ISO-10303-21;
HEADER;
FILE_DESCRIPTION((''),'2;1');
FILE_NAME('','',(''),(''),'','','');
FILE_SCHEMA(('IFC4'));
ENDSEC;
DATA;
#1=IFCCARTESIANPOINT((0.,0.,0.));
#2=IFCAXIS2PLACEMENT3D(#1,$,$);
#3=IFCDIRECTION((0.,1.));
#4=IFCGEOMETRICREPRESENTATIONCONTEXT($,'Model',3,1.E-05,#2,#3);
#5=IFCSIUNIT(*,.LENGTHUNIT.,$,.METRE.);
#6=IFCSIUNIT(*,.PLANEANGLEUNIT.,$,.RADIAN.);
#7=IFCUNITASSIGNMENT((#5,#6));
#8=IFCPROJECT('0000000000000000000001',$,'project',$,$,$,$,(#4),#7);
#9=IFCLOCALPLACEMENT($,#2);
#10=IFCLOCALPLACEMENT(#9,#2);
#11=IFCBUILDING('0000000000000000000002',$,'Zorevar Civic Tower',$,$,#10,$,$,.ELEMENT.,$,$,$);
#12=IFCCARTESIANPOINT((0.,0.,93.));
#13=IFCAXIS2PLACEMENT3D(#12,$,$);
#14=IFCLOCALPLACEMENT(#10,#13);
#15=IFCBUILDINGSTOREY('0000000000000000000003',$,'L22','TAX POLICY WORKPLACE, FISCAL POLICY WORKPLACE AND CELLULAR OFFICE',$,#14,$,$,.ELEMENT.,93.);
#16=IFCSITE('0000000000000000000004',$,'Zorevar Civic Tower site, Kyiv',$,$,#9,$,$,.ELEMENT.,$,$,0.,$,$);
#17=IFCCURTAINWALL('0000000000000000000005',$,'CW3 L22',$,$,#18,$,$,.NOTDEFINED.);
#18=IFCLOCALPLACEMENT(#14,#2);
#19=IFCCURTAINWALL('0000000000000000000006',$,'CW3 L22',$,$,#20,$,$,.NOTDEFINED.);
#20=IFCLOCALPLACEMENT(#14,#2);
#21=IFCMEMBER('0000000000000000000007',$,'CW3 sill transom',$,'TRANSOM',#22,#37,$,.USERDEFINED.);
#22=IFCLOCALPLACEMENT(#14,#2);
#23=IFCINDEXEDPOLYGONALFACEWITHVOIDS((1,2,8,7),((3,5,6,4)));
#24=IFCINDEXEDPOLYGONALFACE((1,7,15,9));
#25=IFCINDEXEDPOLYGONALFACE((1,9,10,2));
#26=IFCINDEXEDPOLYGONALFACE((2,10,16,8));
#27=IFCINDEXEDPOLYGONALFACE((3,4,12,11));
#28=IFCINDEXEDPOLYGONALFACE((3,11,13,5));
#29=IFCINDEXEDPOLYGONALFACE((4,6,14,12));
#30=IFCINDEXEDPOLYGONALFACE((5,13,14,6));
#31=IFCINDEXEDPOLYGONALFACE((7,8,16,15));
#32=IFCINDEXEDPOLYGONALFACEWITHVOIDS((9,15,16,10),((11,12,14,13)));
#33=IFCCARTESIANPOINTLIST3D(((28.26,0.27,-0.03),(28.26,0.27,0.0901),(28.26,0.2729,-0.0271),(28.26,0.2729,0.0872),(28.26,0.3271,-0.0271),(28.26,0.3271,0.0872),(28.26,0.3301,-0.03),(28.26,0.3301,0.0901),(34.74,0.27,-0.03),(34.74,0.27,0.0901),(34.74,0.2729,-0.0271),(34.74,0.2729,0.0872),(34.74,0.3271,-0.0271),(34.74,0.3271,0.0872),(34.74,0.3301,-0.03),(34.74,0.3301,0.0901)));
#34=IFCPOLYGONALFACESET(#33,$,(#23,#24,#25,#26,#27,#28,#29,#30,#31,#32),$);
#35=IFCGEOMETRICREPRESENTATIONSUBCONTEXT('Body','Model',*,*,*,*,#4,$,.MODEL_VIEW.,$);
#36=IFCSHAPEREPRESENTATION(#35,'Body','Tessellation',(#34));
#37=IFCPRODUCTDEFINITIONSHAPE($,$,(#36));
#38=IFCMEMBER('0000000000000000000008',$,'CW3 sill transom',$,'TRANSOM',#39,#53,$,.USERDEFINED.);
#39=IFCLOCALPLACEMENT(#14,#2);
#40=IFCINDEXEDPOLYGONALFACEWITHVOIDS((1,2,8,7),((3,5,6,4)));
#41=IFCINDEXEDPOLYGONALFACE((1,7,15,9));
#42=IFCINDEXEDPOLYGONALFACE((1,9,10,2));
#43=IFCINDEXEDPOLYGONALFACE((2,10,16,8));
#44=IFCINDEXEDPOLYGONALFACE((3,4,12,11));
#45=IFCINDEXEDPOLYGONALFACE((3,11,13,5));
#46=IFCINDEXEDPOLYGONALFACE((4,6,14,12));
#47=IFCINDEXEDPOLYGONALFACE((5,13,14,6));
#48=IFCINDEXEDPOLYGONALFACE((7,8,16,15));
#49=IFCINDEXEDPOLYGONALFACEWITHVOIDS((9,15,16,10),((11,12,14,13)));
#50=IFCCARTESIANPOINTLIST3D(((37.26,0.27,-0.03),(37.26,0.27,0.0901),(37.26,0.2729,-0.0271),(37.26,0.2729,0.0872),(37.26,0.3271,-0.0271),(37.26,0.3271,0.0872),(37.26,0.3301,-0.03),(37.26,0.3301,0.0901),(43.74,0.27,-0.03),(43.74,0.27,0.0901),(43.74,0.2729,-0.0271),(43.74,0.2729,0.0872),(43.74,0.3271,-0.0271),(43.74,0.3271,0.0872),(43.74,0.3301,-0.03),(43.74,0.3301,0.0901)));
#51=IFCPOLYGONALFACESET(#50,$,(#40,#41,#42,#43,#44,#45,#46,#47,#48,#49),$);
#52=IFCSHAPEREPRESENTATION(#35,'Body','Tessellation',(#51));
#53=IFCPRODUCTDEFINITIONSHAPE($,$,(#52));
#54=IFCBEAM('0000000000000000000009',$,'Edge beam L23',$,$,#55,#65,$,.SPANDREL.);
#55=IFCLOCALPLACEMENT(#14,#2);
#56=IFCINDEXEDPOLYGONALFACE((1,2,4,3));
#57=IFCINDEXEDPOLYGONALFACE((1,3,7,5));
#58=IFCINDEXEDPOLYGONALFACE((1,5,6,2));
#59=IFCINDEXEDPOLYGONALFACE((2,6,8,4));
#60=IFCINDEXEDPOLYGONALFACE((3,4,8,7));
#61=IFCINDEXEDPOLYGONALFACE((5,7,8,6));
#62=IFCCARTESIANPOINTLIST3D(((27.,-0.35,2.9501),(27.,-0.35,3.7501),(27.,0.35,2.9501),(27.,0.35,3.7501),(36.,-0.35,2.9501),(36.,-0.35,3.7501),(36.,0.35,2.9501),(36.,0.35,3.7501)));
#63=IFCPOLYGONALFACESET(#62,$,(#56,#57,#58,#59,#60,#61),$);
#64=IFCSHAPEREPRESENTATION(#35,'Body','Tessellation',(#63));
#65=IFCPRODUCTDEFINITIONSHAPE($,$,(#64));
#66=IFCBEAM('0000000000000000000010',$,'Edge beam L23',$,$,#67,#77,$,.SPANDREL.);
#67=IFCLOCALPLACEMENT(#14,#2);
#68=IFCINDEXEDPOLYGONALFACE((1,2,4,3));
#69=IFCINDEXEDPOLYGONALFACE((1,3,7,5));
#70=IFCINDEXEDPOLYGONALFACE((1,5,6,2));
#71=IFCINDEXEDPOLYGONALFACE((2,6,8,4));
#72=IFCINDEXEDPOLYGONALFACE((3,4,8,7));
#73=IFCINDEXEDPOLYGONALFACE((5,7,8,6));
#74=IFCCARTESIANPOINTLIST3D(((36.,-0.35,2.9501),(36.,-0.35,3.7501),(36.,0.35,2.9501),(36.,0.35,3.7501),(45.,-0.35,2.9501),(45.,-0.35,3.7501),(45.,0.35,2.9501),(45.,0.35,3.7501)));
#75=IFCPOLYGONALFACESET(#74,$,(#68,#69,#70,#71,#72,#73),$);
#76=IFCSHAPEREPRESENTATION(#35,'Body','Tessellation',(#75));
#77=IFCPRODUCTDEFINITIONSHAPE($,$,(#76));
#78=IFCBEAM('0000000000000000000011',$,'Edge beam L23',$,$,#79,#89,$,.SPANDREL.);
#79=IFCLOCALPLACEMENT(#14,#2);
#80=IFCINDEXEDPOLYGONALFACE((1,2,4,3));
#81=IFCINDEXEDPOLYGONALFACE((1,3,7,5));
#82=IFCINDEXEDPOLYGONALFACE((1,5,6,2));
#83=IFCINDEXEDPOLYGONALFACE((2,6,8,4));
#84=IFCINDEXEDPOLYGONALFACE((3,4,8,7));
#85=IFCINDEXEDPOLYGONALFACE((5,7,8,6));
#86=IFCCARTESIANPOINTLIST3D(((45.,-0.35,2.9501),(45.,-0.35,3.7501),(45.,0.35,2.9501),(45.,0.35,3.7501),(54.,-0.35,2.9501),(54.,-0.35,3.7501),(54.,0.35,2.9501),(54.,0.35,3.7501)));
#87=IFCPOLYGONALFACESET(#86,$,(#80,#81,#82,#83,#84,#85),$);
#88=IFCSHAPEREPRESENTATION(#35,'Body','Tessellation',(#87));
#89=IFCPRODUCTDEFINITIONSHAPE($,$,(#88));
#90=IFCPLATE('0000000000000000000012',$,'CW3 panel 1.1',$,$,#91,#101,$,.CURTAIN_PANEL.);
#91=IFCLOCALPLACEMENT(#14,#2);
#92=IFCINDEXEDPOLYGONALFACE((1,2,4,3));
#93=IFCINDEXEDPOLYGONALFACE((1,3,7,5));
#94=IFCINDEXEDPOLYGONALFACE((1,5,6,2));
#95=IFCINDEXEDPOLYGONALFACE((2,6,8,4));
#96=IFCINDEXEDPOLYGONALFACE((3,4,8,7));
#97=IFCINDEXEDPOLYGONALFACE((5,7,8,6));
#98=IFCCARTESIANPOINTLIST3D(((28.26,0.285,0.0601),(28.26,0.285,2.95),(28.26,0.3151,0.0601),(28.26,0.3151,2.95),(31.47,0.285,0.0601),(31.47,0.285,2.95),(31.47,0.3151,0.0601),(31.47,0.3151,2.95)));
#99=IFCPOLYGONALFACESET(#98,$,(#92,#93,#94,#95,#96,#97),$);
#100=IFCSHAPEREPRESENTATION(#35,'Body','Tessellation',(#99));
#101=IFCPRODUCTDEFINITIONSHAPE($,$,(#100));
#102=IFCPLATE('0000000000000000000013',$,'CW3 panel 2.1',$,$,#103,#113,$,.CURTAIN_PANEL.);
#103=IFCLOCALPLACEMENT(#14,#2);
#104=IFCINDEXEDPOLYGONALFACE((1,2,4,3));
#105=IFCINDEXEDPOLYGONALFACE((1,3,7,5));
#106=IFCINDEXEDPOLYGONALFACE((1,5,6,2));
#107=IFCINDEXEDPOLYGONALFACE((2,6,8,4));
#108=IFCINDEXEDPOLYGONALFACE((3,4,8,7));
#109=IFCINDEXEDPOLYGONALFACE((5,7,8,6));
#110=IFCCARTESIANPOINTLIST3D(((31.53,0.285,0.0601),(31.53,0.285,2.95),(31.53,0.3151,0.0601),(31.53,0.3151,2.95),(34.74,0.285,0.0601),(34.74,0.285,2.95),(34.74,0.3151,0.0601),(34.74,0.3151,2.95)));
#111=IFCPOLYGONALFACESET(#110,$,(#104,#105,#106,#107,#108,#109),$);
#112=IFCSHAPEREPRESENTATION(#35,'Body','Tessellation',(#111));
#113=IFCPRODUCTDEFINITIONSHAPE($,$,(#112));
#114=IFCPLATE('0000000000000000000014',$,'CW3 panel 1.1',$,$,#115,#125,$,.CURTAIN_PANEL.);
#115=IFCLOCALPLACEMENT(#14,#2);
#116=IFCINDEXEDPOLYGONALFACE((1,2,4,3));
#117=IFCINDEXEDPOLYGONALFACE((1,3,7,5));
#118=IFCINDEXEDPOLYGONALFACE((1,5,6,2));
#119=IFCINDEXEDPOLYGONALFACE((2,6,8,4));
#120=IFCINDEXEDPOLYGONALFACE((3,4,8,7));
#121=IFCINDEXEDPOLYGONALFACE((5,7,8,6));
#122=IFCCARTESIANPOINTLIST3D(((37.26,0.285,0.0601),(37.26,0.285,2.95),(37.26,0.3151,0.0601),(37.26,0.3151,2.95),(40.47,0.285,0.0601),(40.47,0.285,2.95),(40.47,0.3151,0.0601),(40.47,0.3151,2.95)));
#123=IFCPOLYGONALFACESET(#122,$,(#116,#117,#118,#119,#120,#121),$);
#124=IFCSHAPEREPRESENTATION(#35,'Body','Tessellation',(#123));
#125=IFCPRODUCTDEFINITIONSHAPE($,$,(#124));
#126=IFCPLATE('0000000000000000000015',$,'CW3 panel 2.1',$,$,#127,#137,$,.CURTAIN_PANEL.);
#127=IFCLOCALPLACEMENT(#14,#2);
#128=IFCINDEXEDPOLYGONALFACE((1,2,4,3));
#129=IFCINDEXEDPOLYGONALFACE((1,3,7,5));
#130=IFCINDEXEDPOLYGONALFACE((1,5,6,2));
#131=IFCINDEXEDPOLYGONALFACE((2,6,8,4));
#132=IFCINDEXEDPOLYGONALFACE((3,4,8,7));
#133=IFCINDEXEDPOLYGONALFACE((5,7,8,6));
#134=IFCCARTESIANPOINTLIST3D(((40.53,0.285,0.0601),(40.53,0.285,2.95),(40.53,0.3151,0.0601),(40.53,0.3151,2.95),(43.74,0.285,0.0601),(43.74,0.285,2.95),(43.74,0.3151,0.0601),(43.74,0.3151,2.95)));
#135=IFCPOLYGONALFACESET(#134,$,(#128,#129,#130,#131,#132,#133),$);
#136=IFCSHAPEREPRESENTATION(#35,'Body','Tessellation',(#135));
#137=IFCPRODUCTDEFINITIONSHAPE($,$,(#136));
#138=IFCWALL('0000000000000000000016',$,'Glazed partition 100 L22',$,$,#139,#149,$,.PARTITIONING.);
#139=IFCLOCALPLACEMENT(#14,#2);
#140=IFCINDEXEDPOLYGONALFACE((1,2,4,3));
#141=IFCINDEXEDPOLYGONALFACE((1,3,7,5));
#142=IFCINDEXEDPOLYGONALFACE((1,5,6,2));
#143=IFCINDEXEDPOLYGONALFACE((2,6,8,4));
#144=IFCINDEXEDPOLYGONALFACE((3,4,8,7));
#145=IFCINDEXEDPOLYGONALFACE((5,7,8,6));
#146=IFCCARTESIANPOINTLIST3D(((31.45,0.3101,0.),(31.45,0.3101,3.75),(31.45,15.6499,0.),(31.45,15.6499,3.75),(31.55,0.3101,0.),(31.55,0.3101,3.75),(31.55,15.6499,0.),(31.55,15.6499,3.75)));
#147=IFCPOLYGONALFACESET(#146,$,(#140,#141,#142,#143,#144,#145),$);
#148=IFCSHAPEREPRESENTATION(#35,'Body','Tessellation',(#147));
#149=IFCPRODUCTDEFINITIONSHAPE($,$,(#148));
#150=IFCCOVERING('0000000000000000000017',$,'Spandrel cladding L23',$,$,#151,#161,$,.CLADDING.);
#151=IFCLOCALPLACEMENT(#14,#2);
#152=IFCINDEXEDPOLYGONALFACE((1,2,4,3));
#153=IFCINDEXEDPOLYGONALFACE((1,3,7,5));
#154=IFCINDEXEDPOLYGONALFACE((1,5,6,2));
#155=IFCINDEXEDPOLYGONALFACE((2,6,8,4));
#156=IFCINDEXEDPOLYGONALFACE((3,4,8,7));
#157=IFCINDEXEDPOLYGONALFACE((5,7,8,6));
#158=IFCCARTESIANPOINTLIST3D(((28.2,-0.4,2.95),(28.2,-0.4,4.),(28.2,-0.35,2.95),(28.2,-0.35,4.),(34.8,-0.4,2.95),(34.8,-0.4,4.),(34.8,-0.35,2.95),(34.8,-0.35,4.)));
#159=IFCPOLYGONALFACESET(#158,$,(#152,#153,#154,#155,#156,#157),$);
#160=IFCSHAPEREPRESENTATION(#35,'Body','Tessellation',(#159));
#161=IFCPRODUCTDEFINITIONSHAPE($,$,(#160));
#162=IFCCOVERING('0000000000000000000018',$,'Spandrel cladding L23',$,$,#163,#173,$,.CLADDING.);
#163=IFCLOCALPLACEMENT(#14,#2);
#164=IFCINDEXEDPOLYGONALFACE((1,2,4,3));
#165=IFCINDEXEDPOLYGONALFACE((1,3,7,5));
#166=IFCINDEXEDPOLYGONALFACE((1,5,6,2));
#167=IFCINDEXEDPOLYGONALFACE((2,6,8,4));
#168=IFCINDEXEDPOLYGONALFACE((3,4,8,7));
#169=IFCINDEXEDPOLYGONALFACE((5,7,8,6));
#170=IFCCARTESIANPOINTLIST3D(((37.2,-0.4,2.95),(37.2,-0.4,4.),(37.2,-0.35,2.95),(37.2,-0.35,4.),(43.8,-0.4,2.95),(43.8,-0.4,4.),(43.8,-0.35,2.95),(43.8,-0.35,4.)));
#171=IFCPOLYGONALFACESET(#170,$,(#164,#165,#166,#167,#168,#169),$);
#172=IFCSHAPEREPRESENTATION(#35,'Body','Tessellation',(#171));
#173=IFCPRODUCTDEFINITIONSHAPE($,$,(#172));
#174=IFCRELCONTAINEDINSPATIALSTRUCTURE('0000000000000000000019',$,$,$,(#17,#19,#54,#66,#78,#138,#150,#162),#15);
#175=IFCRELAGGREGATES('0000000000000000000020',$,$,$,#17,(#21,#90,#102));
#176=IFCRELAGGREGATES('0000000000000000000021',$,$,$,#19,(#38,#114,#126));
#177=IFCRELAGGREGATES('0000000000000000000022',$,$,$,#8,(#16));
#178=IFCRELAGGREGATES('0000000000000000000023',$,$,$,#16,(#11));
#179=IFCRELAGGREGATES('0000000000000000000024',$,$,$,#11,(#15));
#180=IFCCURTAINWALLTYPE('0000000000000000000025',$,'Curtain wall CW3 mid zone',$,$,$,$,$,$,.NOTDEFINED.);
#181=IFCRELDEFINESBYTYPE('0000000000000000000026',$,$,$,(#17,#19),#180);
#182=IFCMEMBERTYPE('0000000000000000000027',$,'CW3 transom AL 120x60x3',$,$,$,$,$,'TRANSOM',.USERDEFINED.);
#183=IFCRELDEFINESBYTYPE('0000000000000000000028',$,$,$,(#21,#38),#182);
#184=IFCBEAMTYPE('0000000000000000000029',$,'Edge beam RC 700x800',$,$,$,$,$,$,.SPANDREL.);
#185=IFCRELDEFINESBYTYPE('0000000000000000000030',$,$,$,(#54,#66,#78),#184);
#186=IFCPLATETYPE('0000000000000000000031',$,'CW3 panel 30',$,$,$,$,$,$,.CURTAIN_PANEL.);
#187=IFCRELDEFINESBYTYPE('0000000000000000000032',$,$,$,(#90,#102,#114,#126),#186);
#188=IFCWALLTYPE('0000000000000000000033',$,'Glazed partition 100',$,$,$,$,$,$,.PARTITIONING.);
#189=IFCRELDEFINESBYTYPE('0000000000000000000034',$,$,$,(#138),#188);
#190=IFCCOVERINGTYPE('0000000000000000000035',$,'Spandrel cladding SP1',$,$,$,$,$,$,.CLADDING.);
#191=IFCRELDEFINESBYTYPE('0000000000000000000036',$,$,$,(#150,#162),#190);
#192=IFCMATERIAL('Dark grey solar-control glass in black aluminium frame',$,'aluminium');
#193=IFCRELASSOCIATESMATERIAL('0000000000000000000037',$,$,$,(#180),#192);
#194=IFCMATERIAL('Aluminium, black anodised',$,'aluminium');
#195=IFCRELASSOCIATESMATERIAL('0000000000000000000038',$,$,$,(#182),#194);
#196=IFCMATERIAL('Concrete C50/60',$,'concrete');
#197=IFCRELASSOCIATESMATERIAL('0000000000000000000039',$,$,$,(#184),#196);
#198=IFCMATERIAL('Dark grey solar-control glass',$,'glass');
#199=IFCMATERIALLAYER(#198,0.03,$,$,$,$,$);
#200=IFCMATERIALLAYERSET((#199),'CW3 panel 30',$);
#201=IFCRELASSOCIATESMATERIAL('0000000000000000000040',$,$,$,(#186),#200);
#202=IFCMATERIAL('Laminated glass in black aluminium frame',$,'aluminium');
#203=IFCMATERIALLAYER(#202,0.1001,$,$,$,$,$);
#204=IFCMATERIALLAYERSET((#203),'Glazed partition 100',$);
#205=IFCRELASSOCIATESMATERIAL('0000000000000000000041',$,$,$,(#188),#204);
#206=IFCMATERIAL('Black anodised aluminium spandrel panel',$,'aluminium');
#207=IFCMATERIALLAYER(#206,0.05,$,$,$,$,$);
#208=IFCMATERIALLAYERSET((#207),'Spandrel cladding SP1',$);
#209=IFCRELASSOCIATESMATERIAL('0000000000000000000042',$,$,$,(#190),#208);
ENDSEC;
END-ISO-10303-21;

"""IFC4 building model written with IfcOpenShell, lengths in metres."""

from ifc_helpers import new_model, si_unit, direction, frame, frame_2d, origin, origin_2d, place, context, subcontext, project, spatial, rectangle, hollow_rectangle, extrude, material, layer, layer_set, material_profile, profile_set, type_object, element, aggregate, save


model = new_model("IFC4")

# Units and contexts
model_context = context("Model", 3, precision=1e-05, world=origin(), true_north=direction((0.0, 1.0)))
body_context = subcontext(model_context, "Body", "Model", "MODEL_VIEW")
ifc_project = project(units=[si_unit("LENGTHUNIT", "METRE"), si_unit("PLANEANGLEUNIT", "RADIAN")], contexts=[model_context])

# Site, building, storey
site_placement = place(None, origin())
site = spatial("IfcSite", under=ifc_project, at=site_placement, Name="Zorevar Civic Tower site, Kyiv", CompositionType="ELEMENT", RefElevation=0.0)
building_placement = place(site_placement, origin())
building = spatial("IfcBuilding", under=site, at=building_placement, Name="Zorevar Civic Tower", CompositionType="ELEMENT")
storey_placement = place(building_placement, frame((0.0, 0.0, 93.0)))
storey = spatial("IfcBuildingStorey", under=building, at=storey_placement, Name="L22", Description="TAX POLICY WORKPLACE, FISCAL POLICY WORKPLACE AND CELLULAR OFFICE", CompositionType="ELEMENT", Elevation=93.0)

# Curtain walls
ifc_material_1 = material(Name="Dark grey solar-control glass in black aluminium frame", Category="aluminium")
curtain_wall_type = type_object("IfcCurtainWallType", Name="Curtain wall CW3 mid zone", PredefinedType="NOTDEFINED", material=ifc_material_1)
curtain_wall_1_placement = place(storey_placement, origin())
curtain_wall_1 = element("IfcCurtainWall", 1, at=curtain_wall_1_placement, inside=storey, type_object=curtain_wall_type, Name="CW3 L22", PredefinedType="NOTDEFINED")
curtain_wall_2_placement = place(storey_placement, origin())
curtain_wall_2 = element("IfcCurtainWall", 2, at=curtain_wall_2_placement, inside=storey, type_object=curtain_wall_type, Name="CW3 L22", PredefinedType="NOTDEFINED")

# Members
ifc_material_2 = material(Name="Aluminium, black anodised", Category="aluminium")
ifc_material_profile_1 = material_profile(ifc_material_2, hollow_rectangle(XDim=0.0601, YDim=0.1201, WallThickness=0.0029, at=origin_2d()), Name="AL 120x60x3")
ifc_profile_set_1 = profile_set([ifc_material_profile_1], Name="Aluminium, black anodised")
member_type_1 = type_object("IfcMemberType", Name="CW3 transom AL 120x60x3", ElementType="TRANSOM", PredefinedType="USERDEFINED", material=ifc_profile_set_1)
member_1_placement = place(storey_placement, frame((28.26, 0.3, 0.03), z_axis=(1.0, 0.0, 0.0), x_axis=(0.0, 1.0, 0.0)))
member_1 = element("IfcMember", 3, at=member_1_placement, type_object=member_type_1, Name="CW3 sill transom", ObjectType="TRANSOM", PredefinedType="USERDEFINED", context=body_context, shape_type="SweptSolid", body=[
    extrude(hollow_rectangle(XDim=0.0601, YDim=0.1201, WallThickness=0.0029, at=origin_2d()), origin(), (0.0, 0.0, 1.0), 6.48),
])
member_2_placement = place(storey_placement, frame((37.26, 0.3, 0.03), z_axis=(1.0, 0.0, 0.0), x_axis=(0.0, 1.0, 0.0)))
member_2 = element("IfcMember", 4, at=member_2_placement, type_object=member_type_1, Name="CW3 sill transom", ObjectType="TRANSOM", PredefinedType="USERDEFINED", context=body_context, shape_type="SweptSolid", body=[
    extrude(hollow_rectangle(XDim=0.0601, YDim=0.1201, WallThickness=0.0029, at=origin_2d()), origin(), (0.0, 0.0, 1.0), 6.48),
])

# Beams
ifc_material_3 = material(Name="Concrete C50/60", Category="concrete")
ifc_material_profile_2 = material_profile(ifc_material_3, rectangle(XDim=0.7, YDim=0.8, at=origin_2d()), Name="RC 700x800")
ifc_profile_set_2 = profile_set([ifc_material_profile_2], Name="Concrete C50/60")
beam_type_1 = type_object("IfcBeamType", Name="Edge beam RC 700x800", PredefinedType="SPANDREL", material=ifc_profile_set_2)
for number, where, z_axis, x_axis, name in (
    (5, (27.0, 0.0, 3.3501), (1.0, 0.0, 0.0), (0.0, 1.0, 0.0), "Edge beam L23"),
    (6, (36.0, 0.0, 3.3501), (1.0, 0.0, 0.0), (0.0, 1.0, 0.0), "Edge beam L23"),
    (7, (45.0, 0.0, 3.3501), (1.0, 0.0, 0.0), (0.0, 1.0, 0.0), "Edge beam L23"),
):
    element("IfcBeam", number, at=place(storey_placement, frame(where, z_axis=z_axis, x_axis=x_axis)), inside=storey, type_object=beam_type_1, Name=name, PredefinedType="SPANDREL", context=body_context, shape_type="SweptSolid", body=[
        extrude(rectangle(XDim=0.7, YDim=0.8, at=origin_2d()), origin(), (0.0, 0.0, 1.0), 9.0),
    ])

# Plates
ifc_material_4 = material(Name="Dark grey solar-control glass", Category="glass")
ifc_layer_1 = layer(ifc_material_4, 0.03)
ifc_layer_set_1 = layer_set([ifc_layer_1], Name="CW3 panel 30")
plate_type = type_object("IfcPlateType", Name="CW3 panel 30", PredefinedType="CURTAIN_PANEL", material=ifc_layer_set_1)
plate_1_placement = place(storey_placement, frame((29.865, 0.3, 0.0601), z_axis=(0.0, 0.0, 1.0), x_axis=(1.0, 0.0, 0.0)))
plate_1 = element("IfcPlate", 8, at=plate_1_placement, type_object=plate_type, Name="CW3 panel 1.1", PredefinedType="CURTAIN_PANEL", context=body_context, shape_type="SweptSolid", body=[
    extrude(rectangle(XDim=3.21, YDim=0.03, at=origin_2d()), origin(), (0.0, 0.0, 1.0), 2.8899),
])
plate_2_placement = place(storey_placement, frame((33.135, 0.3, 0.0601), z_axis=(0.0, 0.0, 1.0), x_axis=(1.0, 0.0, 0.0)))
plate_2 = element("IfcPlate", 9, at=plate_2_placement, type_object=plate_type, Name="CW3 panel 2.1", PredefinedType="CURTAIN_PANEL", context=body_context, shape_type="SweptSolid", body=[
    extrude(rectangle(XDim=3.21, YDim=0.03, at=origin_2d()), origin(), (0.0, 0.0, 1.0), 2.8899),
])
aggregate(curtain_wall_1, [member_1, plate_1, plate_2])
plate_3_placement = place(storey_placement, frame((38.865, 0.3, 0.0601), z_axis=(0.0, 0.0, 1.0), x_axis=(1.0, 0.0, 0.0)))
plate_3 = element("IfcPlate", 10, at=plate_3_placement, type_object=plate_type, Name="CW3 panel 1.1", PredefinedType="CURTAIN_PANEL", context=body_context, shape_type="SweptSolid", body=[
    extrude(rectangle(XDim=3.21, YDim=0.03, at=origin_2d()), origin(), (0.0, 0.0, 1.0), 2.8899),
])
plate_4_placement = place(storey_placement, frame((42.135, 0.3, 0.0601), z_axis=(0.0, 0.0, 1.0), x_axis=(1.0, 0.0, 0.0)))
plate_4 = element("IfcPlate", 11, at=plate_4_placement, type_object=plate_type, Name="CW3 panel 2.1", PredefinedType="CURTAIN_PANEL", context=body_context, shape_type="SweptSolid", body=[
    extrude(rectangle(XDim=3.21, YDim=0.03, at=origin_2d()), origin(), (0.0, 0.0, 1.0), 2.8899),
])
aggregate(curtain_wall_2, [member_2, plate_3, plate_4])

# Wall
ifc_material_5 = material(Name="Laminated glass in black aluminium frame", Category="aluminium")
ifc_layer_2 = layer(ifc_material_5, 0.1001)
ifc_layer_set_2 = layer_set([ifc_layer_2], Name="Glazed partition 100")
wall_type = type_object("IfcWallType", Name="Glazed partition 100", PredefinedType="PARTITIONING", material=ifc_layer_set_2)
wall_placement = place(storey_placement, frame((31.5, 0.3101, 0.0), z_axis=(0.0, 0.0, 1.0), x_axis=(0.0, 1.0, 0.0)))
element("IfcWall", 12, at=wall_placement, inside=storey, type_object=wall_type, Name="Glazed partition 100 L22", PredefinedType="PARTITIONING", context=body_context, shape_type="SweptSolid", body=[
    extrude(rectangle(XDim=15.3398, YDim=0.1001, at=frame_2d((7.6699, 0.0))), origin(), (0.0, 0.0, 1.0), 3.75),
])

# Coverings
ifc_material_6 = material(Name="Black anodised aluminium spandrel panel", Category="aluminium")
ifc_layer_3 = layer(ifc_material_6, 0.05)
ifc_layer_set_3 = layer_set([ifc_layer_3], Name="Spandrel cladding SP1")
covering_type = type_object("IfcCoveringType", Name="Spandrel cladding SP1", PredefinedType="CLADDING", material=ifc_layer_set_3)
for number, where, z_axis, x_axis, name in (
    (13, (28.2, -0.375, 2.95), (0.0, 0.0, 1.0), (1.0, 0.0, 0.0), "Spandrel cladding L23"),
    (14, (37.2, -0.375, 2.95), (0.0, 0.0, 1.0), (1.0, 0.0, 0.0), "Spandrel cladding L23"),
):
    element("IfcCovering", number, at=place(storey_placement, frame(where, z_axis=z_axis, x_axis=x_axis)), inside=storey, type_object=covering_type, Name=name, PredefinedType="CLADDING", context=body_context, shape_type="SweptSolid", body=[
        extrude(rectangle(XDim=6.6001, YDim=0.05, at=frame_2d((3.3, 0.0))), origin(), (0.0, 0.0, 1.0), 1.05),
    ])

save(model, "model.ifc")
